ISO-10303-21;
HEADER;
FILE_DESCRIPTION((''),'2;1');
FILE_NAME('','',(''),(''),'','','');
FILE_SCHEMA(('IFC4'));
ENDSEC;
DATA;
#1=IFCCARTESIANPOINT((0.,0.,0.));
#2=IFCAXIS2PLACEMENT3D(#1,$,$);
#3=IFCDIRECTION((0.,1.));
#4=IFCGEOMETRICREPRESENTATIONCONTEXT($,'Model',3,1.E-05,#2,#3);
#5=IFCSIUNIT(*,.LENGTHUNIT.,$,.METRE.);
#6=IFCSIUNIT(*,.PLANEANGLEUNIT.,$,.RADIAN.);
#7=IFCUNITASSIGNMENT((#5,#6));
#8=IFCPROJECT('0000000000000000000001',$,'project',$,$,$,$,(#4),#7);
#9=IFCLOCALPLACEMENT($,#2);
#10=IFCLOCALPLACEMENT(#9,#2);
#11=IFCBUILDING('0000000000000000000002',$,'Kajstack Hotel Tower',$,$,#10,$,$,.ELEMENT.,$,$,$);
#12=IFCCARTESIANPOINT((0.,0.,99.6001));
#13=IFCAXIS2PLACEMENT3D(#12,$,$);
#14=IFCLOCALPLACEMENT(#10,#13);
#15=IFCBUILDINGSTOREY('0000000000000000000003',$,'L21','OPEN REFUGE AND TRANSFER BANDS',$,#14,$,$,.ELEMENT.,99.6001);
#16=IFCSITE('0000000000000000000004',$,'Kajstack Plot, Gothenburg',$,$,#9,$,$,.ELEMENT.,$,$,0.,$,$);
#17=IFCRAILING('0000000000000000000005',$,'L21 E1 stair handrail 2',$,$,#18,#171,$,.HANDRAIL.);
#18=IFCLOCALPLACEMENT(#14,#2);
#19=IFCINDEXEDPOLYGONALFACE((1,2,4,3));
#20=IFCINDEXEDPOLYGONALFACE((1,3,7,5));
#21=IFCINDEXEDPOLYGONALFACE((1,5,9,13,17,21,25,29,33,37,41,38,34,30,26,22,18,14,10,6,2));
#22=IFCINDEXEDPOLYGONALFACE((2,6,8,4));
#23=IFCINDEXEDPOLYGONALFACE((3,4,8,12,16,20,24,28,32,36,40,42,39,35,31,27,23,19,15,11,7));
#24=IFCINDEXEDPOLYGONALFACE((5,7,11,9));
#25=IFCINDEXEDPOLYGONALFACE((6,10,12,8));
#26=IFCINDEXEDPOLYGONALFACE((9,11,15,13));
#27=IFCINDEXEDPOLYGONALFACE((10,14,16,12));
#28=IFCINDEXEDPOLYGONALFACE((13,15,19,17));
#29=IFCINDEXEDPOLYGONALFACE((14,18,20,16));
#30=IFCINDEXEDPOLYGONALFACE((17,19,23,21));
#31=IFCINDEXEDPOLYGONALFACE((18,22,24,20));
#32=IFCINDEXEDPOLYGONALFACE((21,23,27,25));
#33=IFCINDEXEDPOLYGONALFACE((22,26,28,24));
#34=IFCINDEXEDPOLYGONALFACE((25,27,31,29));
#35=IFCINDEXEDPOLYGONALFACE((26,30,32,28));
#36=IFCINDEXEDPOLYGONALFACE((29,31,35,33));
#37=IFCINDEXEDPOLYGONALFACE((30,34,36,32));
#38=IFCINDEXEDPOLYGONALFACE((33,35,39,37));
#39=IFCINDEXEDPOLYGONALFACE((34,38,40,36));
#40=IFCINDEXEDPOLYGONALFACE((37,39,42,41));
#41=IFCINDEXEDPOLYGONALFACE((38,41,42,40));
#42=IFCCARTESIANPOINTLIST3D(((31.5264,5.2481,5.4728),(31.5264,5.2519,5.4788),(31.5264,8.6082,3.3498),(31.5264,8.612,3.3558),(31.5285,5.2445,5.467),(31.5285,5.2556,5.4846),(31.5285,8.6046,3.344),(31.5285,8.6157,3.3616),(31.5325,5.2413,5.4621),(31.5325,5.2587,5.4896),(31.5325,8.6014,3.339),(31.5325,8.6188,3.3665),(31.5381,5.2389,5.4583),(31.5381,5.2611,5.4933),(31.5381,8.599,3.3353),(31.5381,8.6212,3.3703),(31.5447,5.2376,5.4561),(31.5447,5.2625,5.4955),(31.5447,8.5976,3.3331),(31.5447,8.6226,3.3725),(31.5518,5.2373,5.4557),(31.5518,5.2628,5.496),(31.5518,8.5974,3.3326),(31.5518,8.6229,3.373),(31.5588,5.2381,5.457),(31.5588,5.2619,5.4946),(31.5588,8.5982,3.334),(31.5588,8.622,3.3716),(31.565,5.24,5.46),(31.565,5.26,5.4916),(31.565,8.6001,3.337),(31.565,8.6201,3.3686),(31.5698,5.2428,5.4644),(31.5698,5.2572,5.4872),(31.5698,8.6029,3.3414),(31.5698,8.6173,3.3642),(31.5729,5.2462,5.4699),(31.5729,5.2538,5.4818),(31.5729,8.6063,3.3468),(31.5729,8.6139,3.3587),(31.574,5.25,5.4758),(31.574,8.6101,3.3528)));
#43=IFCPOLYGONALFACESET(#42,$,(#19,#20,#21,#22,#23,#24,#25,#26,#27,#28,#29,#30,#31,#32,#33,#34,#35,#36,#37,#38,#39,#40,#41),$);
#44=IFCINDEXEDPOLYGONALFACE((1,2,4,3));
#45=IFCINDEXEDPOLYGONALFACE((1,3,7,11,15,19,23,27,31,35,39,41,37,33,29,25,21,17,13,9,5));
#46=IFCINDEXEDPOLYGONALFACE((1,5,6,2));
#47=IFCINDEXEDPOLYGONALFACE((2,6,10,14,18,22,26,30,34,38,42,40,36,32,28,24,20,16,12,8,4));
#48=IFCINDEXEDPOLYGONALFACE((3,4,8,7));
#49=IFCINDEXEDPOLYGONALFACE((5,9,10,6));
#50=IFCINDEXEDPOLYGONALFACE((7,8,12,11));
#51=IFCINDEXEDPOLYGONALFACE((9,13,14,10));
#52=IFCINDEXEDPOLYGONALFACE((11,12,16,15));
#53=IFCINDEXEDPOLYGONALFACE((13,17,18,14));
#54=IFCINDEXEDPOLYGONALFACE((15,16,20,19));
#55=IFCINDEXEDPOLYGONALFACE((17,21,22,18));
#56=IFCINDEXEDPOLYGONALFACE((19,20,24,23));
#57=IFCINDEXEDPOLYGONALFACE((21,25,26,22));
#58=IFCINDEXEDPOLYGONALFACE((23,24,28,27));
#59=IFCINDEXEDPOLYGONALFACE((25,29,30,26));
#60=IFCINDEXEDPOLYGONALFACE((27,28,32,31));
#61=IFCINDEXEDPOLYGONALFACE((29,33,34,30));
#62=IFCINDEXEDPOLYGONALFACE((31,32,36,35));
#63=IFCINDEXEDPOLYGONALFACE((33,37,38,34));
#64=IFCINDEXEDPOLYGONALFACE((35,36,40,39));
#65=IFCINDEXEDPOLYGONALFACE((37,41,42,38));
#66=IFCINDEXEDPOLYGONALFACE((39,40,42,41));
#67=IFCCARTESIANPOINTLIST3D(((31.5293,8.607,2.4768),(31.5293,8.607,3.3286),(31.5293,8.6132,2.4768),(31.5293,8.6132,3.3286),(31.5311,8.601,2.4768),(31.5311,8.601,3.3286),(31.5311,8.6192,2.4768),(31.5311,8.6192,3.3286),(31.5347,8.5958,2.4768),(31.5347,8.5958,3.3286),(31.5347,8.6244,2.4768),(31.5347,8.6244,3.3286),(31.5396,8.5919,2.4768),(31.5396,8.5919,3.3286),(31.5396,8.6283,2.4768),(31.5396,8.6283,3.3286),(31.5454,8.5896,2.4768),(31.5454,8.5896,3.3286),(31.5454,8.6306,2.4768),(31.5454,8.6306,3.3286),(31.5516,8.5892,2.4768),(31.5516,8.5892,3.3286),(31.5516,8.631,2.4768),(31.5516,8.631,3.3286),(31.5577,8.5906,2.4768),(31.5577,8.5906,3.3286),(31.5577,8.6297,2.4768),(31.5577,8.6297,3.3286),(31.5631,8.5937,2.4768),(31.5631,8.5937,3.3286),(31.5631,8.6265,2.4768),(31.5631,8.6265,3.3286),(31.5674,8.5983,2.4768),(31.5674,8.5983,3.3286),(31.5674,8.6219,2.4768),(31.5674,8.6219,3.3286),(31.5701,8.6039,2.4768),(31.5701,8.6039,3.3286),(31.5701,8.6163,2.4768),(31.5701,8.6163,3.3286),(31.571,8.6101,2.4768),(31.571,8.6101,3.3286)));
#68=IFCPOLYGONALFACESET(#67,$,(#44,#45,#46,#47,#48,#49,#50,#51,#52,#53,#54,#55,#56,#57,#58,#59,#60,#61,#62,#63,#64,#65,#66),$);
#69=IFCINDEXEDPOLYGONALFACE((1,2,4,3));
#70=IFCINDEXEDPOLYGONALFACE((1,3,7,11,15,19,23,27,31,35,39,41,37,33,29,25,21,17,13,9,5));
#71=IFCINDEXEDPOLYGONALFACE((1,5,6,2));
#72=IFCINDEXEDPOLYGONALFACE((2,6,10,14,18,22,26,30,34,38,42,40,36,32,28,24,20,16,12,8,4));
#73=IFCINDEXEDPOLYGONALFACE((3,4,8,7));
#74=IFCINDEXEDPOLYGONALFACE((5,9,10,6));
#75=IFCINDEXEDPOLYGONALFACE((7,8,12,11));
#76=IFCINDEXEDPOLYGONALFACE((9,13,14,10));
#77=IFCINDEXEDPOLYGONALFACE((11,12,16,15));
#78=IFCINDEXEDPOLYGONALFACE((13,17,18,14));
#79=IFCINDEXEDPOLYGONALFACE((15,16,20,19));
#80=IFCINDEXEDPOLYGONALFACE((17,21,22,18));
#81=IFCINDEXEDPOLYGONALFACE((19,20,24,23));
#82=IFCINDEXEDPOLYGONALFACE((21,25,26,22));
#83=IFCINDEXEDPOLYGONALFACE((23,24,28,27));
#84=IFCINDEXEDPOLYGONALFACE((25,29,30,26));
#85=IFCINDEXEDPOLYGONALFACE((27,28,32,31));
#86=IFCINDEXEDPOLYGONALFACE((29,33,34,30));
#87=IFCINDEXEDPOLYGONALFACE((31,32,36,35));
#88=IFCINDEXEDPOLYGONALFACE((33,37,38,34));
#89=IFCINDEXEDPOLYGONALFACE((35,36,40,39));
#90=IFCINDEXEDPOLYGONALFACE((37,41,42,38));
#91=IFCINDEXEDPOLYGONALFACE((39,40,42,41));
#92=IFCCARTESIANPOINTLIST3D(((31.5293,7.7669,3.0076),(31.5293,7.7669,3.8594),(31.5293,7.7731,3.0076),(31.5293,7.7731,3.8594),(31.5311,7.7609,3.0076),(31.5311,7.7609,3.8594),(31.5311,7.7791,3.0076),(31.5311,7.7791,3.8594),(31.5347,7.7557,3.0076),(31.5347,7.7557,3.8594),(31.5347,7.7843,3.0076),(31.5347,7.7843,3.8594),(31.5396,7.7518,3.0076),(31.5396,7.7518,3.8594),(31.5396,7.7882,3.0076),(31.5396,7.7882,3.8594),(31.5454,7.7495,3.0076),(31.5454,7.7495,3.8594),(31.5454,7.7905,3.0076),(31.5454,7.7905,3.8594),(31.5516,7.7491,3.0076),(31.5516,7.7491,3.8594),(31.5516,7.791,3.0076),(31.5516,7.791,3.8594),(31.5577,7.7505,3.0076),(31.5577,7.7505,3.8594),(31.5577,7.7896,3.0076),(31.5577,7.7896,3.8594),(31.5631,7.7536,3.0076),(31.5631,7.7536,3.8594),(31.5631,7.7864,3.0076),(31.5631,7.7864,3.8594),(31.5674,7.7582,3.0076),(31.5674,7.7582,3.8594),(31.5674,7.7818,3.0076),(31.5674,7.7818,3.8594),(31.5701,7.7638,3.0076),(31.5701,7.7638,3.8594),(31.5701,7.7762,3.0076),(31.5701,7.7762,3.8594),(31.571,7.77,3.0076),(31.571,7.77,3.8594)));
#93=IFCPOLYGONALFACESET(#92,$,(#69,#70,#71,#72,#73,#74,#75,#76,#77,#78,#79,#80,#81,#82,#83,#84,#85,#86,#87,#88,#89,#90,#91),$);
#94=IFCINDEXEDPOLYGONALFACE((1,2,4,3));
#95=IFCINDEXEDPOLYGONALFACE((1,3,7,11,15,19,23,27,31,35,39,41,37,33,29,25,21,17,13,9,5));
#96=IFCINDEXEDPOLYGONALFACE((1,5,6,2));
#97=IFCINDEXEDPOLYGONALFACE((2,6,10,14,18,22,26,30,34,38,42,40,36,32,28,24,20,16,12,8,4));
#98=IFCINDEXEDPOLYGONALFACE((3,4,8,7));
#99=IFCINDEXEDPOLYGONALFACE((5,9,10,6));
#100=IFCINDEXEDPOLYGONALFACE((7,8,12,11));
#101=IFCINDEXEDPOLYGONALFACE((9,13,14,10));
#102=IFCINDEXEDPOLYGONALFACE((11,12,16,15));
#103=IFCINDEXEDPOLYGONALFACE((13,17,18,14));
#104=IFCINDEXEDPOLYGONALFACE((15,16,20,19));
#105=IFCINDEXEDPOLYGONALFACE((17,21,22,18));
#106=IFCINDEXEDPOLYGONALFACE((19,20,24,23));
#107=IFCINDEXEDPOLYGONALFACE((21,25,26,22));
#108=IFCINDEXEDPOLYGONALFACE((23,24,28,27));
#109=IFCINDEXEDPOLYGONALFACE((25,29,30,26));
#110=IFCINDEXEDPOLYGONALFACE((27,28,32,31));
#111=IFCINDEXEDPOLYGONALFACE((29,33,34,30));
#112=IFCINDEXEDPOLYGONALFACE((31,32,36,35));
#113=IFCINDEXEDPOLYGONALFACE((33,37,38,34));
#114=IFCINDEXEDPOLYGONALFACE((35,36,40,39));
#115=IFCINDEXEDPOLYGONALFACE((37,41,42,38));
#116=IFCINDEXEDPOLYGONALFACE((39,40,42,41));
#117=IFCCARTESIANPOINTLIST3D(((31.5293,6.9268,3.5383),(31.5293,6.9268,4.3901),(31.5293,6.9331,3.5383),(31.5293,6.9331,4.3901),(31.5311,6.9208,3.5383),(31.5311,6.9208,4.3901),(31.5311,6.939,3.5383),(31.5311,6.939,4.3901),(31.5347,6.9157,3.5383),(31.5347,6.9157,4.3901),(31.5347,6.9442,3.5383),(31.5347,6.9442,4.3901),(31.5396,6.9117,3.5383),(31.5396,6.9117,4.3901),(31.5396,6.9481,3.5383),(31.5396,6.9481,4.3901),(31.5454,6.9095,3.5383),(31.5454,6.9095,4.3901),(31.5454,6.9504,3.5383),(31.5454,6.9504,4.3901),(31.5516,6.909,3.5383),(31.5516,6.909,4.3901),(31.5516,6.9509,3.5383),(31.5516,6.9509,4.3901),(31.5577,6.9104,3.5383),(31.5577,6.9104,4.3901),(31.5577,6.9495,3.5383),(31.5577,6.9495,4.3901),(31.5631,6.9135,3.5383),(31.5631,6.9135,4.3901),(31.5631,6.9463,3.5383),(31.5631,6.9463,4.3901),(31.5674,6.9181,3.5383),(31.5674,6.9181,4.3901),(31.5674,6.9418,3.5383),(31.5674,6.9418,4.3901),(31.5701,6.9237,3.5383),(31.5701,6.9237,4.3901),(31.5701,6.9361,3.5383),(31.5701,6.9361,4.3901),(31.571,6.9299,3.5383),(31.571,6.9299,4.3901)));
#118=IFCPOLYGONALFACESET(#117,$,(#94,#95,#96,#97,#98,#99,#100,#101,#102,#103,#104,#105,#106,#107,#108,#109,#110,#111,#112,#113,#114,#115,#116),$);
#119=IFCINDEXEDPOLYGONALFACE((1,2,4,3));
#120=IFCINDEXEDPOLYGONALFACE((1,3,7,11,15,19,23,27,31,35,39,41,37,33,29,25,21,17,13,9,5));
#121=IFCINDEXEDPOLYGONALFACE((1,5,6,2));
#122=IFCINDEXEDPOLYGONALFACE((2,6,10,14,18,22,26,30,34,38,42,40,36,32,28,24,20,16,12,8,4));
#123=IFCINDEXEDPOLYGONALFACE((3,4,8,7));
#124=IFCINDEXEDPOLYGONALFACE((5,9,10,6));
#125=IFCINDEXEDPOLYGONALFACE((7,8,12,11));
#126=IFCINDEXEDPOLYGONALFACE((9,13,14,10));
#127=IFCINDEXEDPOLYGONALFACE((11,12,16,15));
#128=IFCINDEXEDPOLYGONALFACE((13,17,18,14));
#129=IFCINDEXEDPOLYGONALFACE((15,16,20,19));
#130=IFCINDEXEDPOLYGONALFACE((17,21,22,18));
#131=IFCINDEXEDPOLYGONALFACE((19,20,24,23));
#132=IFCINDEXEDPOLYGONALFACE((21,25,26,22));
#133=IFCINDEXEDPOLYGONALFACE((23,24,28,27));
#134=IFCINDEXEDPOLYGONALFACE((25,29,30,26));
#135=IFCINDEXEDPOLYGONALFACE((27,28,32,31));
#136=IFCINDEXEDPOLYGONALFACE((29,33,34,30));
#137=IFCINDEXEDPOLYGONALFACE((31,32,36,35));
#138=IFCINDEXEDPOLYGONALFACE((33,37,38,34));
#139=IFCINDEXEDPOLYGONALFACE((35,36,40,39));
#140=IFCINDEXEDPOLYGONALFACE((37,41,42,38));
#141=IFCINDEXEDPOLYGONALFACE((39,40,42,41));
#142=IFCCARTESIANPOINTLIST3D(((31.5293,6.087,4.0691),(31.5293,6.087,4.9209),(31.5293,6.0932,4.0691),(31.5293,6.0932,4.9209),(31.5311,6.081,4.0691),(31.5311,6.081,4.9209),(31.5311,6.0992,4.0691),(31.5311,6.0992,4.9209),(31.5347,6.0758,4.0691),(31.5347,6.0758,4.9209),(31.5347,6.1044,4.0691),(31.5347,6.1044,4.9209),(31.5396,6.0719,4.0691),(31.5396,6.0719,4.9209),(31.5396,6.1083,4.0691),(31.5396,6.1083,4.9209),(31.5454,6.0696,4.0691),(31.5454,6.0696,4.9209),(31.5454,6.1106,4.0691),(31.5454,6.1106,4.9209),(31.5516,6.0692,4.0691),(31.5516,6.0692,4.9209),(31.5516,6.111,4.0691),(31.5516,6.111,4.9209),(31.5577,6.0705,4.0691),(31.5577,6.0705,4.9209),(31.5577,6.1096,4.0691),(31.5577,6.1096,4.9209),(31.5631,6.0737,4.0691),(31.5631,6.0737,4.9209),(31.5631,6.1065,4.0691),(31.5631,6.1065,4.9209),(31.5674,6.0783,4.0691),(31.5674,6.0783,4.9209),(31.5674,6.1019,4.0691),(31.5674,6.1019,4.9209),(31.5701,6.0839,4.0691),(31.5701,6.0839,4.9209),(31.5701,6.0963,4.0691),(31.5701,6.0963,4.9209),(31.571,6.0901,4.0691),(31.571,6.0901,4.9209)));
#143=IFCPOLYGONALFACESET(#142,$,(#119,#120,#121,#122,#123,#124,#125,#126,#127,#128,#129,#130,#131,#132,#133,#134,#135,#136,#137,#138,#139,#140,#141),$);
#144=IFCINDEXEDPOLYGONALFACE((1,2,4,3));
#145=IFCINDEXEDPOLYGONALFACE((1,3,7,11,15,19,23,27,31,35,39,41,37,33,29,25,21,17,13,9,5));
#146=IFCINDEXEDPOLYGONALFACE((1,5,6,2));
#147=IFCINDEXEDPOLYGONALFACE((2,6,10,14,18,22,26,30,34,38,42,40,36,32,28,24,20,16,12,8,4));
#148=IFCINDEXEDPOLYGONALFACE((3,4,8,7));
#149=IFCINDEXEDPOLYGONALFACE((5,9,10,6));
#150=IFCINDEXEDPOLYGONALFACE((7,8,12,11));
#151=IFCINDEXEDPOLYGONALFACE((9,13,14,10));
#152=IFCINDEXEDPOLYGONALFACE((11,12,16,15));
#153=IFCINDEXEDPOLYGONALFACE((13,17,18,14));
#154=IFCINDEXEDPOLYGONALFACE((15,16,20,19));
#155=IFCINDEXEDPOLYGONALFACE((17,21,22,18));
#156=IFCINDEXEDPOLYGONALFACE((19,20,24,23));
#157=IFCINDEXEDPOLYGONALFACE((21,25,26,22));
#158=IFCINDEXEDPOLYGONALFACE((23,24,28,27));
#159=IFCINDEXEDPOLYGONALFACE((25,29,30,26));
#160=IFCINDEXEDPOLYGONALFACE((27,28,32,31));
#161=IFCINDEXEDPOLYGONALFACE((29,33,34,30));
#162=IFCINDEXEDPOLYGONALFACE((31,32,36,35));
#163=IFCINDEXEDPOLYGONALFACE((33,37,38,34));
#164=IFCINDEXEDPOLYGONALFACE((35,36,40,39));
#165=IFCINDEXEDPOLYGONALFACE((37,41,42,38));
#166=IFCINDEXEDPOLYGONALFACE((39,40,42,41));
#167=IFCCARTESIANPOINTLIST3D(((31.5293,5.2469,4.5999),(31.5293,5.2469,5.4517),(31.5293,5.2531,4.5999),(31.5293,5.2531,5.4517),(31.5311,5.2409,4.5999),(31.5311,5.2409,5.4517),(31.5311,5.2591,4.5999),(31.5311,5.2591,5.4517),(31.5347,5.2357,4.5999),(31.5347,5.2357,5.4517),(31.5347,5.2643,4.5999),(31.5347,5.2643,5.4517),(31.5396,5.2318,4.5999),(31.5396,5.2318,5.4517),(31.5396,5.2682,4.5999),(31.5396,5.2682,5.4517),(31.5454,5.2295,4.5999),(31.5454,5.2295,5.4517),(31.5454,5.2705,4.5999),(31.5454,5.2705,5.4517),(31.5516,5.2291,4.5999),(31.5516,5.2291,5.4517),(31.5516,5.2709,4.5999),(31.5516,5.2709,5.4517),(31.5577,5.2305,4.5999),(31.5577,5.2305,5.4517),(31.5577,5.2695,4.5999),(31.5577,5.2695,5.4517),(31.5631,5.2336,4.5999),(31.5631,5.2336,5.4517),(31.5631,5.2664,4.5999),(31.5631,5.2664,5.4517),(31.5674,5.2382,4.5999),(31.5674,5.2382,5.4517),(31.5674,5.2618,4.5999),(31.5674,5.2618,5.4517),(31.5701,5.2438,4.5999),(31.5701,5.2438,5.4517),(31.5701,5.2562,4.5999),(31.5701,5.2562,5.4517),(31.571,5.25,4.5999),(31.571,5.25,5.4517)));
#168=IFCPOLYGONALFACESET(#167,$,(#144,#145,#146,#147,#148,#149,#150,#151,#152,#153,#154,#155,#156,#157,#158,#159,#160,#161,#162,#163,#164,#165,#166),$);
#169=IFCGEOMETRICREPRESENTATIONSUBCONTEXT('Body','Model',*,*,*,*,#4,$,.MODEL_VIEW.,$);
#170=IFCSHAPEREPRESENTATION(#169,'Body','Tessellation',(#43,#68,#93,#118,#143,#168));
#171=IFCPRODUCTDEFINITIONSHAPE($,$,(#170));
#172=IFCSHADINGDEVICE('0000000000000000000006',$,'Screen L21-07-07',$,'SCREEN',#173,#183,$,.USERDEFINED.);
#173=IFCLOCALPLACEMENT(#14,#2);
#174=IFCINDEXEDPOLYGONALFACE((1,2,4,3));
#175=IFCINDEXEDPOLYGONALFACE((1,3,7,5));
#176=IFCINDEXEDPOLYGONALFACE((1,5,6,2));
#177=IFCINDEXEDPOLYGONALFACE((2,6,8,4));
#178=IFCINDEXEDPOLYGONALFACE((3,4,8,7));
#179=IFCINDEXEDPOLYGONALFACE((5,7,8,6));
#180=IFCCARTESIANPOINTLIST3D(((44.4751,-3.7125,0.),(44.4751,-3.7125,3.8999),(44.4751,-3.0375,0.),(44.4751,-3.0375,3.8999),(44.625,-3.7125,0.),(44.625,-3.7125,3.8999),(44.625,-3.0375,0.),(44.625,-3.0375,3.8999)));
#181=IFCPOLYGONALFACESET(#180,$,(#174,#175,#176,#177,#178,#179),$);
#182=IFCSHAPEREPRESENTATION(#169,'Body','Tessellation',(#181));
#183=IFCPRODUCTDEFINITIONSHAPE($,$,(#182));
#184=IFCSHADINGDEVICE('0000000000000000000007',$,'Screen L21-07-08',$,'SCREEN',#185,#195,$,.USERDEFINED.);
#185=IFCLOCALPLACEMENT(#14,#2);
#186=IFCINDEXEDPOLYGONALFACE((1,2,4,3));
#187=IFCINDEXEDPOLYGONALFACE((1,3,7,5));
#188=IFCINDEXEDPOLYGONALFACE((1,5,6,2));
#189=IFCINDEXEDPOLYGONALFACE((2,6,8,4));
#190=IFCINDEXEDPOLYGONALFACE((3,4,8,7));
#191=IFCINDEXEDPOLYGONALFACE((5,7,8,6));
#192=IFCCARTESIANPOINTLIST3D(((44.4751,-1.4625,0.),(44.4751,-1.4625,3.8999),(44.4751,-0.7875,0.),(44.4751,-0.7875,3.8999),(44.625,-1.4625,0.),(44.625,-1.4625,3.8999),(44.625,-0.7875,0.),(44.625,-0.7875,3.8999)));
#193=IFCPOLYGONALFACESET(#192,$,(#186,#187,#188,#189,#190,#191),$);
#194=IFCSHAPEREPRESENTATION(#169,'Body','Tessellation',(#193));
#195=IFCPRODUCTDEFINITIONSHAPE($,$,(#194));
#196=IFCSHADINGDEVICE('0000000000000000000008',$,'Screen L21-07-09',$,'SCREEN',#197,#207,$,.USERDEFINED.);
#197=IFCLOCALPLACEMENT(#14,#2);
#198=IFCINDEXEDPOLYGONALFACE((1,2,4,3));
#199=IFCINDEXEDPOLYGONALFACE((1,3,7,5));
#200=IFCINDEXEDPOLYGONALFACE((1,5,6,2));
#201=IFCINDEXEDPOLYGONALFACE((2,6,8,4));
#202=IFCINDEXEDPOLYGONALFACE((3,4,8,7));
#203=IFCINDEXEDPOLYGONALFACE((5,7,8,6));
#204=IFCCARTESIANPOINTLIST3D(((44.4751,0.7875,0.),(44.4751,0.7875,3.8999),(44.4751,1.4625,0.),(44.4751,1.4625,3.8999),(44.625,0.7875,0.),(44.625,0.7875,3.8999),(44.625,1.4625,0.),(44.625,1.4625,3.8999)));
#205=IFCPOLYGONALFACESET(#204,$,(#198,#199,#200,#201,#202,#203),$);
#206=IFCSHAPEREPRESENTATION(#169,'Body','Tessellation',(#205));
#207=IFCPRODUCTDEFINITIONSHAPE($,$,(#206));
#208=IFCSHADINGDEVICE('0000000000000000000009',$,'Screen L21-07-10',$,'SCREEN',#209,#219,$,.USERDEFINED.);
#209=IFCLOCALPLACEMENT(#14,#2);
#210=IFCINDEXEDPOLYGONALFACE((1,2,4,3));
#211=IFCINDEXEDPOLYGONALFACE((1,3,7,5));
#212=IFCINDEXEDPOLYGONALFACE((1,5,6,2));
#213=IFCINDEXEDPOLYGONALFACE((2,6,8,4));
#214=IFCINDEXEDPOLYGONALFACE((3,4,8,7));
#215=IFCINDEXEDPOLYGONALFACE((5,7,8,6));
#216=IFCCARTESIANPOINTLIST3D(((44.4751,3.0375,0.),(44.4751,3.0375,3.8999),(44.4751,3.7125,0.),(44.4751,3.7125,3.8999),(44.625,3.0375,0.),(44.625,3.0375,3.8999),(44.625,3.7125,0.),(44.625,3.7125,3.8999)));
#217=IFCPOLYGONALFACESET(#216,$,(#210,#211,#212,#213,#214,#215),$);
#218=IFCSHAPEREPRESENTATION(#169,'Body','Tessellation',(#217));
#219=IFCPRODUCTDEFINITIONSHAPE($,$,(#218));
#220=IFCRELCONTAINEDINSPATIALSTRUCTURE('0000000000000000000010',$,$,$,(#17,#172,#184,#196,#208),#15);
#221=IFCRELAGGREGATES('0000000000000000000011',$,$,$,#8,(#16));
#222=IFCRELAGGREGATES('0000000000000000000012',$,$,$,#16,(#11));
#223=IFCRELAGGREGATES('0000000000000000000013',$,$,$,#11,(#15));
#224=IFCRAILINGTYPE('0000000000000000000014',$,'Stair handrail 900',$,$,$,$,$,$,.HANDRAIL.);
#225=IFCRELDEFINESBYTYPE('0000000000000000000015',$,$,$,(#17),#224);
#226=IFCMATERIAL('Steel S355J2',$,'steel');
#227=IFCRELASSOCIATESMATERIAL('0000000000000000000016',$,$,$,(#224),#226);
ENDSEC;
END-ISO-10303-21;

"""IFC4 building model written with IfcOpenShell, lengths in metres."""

from ifc_helpers import new_model, si_unit, direction, frame, origin, origin_2d, place, context, subcontext, project, spatial, rectangle, circle, extrude, material, type_object, element, save


model = new_model("IFC4")

# Units and contexts
model_context = context("Model", 3, precision=1e-05, world=origin(), true_north=direction((0.0, 1.0)))
body_context = subcontext(model_context, "Body", "Model", "MODEL_VIEW")
ifc_project = project(units=[si_unit("LENGTHUNIT", "METRE"), si_unit("PLANEANGLEUNIT", "RADIAN")], contexts=[model_context])

# Site, building, storey
site_placement = place(None, origin())
site = spatial("IfcSite", under=ifc_project, at=site_placement, Name="Kajstack Plot, Gothenburg", CompositionType="ELEMENT", RefElevation=0.0)
building_placement = place(site_placement, origin())
building = spatial("IfcBuilding", under=site, at=building_placement, Name="Kajstack Hotel Tower", CompositionType="ELEMENT")
storey_placement = place(building_placement, frame((0.0, 0.0, 99.6001)))
storey = spatial("IfcBuildingStorey", under=building, at=storey_placement, Name="L21", Description="OPEN REFUGE AND TRANSFER BANDS", CompositionType="ELEMENT", Elevation=99.6001)

# Railing
ifc_material_1 = material(Name="Steel S355J2", Category="steel")
railing_type_1 = type_object("IfcRailingType", Name="Stair handrail 900", PredefinedType="HANDRAIL", material=ifc_material_1)
railing_1_placement = place(storey_placement, frame((31.55, 8.6101, 2.4768)))
element("IfcRailing", 1, at=railing_1_placement, inside=storey, type_object=railing_type_1, Name="L21 E1 stair handrail 2", PredefinedType="HANDRAIL", context=body_context, shape_type="SweptSolid", body=[
    extrude(circle(Radius=0.0239, at=origin_2d()), frame((0.0, 0.0, 0.876), z_axis=(0.0, -0.84539, 0.53415), x_axis=(1.0, 0.0, 0.0)), (0.0, 0.0, 1.0), 3.9746),
    extrude(circle(Radius=0.021, at=origin_2d()), origin(), (0.0, 0.0, 1.0), 0.8518),
    extrude(circle(Radius=0.021, at=origin_2d()), frame((0.0, -0.8401, 0.5308)), (0.0, 0.0, 1.0), 0.8518),
    extrude(circle(Radius=0.021, at=origin_2d()), frame((0.0, -1.6802, 1.0615)), (0.0, 0.0, 1.0), 0.8518),
    extrude(circle(Radius=0.021, at=origin_2d()), frame((0.0, -2.52, 1.5923)), (0.0, 0.0, 1.0), 0.8518),
    extrude(circle(Radius=0.021, at=origin_2d()), frame((0.0, -3.3601, 2.123)), (0.0, 0.0, 1.0), 0.8518),
])

# Shading devices
for number, where, z_axis, x_axis, name in (
    (2, (44.55, -3.375, 0.0), (0.0, 0.0, 1.0), (0.0, 1.0, 0.0), "Screen L21-07-07"),
    (3, (44.55, -1.125, 0.0), (0.0, 0.0, 1.0), (0.0, 1.0, 0.0), "Screen L21-07-08"),
    (4, (44.55, 1.125, 0.0), (0.0, 0.0, 1.0), (0.0, 1.0, 0.0), "Screen L21-07-09"),
    (5, (44.55, 3.375, 0.0), (0.0, 0.0, 1.0), (0.0, 1.0, 0.0), "Screen L21-07-10"),
):
    element("IfcShadingDevice", number, at=place(storey_placement, frame(where, z_axis=z_axis, x_axis=x_axis)), inside=storey, Name=name, ObjectType="SCREEN", PredefinedType="USERDEFINED", context=body_context, shape_type="SweptSolid", body=[
        extrude(rectangle(XDim=0.675, YDim=0.1499, at=origin_2d()), origin(), (0.0, 0.0, 1.0), 3.8999),
    ])

save(model, "model.ifc")
